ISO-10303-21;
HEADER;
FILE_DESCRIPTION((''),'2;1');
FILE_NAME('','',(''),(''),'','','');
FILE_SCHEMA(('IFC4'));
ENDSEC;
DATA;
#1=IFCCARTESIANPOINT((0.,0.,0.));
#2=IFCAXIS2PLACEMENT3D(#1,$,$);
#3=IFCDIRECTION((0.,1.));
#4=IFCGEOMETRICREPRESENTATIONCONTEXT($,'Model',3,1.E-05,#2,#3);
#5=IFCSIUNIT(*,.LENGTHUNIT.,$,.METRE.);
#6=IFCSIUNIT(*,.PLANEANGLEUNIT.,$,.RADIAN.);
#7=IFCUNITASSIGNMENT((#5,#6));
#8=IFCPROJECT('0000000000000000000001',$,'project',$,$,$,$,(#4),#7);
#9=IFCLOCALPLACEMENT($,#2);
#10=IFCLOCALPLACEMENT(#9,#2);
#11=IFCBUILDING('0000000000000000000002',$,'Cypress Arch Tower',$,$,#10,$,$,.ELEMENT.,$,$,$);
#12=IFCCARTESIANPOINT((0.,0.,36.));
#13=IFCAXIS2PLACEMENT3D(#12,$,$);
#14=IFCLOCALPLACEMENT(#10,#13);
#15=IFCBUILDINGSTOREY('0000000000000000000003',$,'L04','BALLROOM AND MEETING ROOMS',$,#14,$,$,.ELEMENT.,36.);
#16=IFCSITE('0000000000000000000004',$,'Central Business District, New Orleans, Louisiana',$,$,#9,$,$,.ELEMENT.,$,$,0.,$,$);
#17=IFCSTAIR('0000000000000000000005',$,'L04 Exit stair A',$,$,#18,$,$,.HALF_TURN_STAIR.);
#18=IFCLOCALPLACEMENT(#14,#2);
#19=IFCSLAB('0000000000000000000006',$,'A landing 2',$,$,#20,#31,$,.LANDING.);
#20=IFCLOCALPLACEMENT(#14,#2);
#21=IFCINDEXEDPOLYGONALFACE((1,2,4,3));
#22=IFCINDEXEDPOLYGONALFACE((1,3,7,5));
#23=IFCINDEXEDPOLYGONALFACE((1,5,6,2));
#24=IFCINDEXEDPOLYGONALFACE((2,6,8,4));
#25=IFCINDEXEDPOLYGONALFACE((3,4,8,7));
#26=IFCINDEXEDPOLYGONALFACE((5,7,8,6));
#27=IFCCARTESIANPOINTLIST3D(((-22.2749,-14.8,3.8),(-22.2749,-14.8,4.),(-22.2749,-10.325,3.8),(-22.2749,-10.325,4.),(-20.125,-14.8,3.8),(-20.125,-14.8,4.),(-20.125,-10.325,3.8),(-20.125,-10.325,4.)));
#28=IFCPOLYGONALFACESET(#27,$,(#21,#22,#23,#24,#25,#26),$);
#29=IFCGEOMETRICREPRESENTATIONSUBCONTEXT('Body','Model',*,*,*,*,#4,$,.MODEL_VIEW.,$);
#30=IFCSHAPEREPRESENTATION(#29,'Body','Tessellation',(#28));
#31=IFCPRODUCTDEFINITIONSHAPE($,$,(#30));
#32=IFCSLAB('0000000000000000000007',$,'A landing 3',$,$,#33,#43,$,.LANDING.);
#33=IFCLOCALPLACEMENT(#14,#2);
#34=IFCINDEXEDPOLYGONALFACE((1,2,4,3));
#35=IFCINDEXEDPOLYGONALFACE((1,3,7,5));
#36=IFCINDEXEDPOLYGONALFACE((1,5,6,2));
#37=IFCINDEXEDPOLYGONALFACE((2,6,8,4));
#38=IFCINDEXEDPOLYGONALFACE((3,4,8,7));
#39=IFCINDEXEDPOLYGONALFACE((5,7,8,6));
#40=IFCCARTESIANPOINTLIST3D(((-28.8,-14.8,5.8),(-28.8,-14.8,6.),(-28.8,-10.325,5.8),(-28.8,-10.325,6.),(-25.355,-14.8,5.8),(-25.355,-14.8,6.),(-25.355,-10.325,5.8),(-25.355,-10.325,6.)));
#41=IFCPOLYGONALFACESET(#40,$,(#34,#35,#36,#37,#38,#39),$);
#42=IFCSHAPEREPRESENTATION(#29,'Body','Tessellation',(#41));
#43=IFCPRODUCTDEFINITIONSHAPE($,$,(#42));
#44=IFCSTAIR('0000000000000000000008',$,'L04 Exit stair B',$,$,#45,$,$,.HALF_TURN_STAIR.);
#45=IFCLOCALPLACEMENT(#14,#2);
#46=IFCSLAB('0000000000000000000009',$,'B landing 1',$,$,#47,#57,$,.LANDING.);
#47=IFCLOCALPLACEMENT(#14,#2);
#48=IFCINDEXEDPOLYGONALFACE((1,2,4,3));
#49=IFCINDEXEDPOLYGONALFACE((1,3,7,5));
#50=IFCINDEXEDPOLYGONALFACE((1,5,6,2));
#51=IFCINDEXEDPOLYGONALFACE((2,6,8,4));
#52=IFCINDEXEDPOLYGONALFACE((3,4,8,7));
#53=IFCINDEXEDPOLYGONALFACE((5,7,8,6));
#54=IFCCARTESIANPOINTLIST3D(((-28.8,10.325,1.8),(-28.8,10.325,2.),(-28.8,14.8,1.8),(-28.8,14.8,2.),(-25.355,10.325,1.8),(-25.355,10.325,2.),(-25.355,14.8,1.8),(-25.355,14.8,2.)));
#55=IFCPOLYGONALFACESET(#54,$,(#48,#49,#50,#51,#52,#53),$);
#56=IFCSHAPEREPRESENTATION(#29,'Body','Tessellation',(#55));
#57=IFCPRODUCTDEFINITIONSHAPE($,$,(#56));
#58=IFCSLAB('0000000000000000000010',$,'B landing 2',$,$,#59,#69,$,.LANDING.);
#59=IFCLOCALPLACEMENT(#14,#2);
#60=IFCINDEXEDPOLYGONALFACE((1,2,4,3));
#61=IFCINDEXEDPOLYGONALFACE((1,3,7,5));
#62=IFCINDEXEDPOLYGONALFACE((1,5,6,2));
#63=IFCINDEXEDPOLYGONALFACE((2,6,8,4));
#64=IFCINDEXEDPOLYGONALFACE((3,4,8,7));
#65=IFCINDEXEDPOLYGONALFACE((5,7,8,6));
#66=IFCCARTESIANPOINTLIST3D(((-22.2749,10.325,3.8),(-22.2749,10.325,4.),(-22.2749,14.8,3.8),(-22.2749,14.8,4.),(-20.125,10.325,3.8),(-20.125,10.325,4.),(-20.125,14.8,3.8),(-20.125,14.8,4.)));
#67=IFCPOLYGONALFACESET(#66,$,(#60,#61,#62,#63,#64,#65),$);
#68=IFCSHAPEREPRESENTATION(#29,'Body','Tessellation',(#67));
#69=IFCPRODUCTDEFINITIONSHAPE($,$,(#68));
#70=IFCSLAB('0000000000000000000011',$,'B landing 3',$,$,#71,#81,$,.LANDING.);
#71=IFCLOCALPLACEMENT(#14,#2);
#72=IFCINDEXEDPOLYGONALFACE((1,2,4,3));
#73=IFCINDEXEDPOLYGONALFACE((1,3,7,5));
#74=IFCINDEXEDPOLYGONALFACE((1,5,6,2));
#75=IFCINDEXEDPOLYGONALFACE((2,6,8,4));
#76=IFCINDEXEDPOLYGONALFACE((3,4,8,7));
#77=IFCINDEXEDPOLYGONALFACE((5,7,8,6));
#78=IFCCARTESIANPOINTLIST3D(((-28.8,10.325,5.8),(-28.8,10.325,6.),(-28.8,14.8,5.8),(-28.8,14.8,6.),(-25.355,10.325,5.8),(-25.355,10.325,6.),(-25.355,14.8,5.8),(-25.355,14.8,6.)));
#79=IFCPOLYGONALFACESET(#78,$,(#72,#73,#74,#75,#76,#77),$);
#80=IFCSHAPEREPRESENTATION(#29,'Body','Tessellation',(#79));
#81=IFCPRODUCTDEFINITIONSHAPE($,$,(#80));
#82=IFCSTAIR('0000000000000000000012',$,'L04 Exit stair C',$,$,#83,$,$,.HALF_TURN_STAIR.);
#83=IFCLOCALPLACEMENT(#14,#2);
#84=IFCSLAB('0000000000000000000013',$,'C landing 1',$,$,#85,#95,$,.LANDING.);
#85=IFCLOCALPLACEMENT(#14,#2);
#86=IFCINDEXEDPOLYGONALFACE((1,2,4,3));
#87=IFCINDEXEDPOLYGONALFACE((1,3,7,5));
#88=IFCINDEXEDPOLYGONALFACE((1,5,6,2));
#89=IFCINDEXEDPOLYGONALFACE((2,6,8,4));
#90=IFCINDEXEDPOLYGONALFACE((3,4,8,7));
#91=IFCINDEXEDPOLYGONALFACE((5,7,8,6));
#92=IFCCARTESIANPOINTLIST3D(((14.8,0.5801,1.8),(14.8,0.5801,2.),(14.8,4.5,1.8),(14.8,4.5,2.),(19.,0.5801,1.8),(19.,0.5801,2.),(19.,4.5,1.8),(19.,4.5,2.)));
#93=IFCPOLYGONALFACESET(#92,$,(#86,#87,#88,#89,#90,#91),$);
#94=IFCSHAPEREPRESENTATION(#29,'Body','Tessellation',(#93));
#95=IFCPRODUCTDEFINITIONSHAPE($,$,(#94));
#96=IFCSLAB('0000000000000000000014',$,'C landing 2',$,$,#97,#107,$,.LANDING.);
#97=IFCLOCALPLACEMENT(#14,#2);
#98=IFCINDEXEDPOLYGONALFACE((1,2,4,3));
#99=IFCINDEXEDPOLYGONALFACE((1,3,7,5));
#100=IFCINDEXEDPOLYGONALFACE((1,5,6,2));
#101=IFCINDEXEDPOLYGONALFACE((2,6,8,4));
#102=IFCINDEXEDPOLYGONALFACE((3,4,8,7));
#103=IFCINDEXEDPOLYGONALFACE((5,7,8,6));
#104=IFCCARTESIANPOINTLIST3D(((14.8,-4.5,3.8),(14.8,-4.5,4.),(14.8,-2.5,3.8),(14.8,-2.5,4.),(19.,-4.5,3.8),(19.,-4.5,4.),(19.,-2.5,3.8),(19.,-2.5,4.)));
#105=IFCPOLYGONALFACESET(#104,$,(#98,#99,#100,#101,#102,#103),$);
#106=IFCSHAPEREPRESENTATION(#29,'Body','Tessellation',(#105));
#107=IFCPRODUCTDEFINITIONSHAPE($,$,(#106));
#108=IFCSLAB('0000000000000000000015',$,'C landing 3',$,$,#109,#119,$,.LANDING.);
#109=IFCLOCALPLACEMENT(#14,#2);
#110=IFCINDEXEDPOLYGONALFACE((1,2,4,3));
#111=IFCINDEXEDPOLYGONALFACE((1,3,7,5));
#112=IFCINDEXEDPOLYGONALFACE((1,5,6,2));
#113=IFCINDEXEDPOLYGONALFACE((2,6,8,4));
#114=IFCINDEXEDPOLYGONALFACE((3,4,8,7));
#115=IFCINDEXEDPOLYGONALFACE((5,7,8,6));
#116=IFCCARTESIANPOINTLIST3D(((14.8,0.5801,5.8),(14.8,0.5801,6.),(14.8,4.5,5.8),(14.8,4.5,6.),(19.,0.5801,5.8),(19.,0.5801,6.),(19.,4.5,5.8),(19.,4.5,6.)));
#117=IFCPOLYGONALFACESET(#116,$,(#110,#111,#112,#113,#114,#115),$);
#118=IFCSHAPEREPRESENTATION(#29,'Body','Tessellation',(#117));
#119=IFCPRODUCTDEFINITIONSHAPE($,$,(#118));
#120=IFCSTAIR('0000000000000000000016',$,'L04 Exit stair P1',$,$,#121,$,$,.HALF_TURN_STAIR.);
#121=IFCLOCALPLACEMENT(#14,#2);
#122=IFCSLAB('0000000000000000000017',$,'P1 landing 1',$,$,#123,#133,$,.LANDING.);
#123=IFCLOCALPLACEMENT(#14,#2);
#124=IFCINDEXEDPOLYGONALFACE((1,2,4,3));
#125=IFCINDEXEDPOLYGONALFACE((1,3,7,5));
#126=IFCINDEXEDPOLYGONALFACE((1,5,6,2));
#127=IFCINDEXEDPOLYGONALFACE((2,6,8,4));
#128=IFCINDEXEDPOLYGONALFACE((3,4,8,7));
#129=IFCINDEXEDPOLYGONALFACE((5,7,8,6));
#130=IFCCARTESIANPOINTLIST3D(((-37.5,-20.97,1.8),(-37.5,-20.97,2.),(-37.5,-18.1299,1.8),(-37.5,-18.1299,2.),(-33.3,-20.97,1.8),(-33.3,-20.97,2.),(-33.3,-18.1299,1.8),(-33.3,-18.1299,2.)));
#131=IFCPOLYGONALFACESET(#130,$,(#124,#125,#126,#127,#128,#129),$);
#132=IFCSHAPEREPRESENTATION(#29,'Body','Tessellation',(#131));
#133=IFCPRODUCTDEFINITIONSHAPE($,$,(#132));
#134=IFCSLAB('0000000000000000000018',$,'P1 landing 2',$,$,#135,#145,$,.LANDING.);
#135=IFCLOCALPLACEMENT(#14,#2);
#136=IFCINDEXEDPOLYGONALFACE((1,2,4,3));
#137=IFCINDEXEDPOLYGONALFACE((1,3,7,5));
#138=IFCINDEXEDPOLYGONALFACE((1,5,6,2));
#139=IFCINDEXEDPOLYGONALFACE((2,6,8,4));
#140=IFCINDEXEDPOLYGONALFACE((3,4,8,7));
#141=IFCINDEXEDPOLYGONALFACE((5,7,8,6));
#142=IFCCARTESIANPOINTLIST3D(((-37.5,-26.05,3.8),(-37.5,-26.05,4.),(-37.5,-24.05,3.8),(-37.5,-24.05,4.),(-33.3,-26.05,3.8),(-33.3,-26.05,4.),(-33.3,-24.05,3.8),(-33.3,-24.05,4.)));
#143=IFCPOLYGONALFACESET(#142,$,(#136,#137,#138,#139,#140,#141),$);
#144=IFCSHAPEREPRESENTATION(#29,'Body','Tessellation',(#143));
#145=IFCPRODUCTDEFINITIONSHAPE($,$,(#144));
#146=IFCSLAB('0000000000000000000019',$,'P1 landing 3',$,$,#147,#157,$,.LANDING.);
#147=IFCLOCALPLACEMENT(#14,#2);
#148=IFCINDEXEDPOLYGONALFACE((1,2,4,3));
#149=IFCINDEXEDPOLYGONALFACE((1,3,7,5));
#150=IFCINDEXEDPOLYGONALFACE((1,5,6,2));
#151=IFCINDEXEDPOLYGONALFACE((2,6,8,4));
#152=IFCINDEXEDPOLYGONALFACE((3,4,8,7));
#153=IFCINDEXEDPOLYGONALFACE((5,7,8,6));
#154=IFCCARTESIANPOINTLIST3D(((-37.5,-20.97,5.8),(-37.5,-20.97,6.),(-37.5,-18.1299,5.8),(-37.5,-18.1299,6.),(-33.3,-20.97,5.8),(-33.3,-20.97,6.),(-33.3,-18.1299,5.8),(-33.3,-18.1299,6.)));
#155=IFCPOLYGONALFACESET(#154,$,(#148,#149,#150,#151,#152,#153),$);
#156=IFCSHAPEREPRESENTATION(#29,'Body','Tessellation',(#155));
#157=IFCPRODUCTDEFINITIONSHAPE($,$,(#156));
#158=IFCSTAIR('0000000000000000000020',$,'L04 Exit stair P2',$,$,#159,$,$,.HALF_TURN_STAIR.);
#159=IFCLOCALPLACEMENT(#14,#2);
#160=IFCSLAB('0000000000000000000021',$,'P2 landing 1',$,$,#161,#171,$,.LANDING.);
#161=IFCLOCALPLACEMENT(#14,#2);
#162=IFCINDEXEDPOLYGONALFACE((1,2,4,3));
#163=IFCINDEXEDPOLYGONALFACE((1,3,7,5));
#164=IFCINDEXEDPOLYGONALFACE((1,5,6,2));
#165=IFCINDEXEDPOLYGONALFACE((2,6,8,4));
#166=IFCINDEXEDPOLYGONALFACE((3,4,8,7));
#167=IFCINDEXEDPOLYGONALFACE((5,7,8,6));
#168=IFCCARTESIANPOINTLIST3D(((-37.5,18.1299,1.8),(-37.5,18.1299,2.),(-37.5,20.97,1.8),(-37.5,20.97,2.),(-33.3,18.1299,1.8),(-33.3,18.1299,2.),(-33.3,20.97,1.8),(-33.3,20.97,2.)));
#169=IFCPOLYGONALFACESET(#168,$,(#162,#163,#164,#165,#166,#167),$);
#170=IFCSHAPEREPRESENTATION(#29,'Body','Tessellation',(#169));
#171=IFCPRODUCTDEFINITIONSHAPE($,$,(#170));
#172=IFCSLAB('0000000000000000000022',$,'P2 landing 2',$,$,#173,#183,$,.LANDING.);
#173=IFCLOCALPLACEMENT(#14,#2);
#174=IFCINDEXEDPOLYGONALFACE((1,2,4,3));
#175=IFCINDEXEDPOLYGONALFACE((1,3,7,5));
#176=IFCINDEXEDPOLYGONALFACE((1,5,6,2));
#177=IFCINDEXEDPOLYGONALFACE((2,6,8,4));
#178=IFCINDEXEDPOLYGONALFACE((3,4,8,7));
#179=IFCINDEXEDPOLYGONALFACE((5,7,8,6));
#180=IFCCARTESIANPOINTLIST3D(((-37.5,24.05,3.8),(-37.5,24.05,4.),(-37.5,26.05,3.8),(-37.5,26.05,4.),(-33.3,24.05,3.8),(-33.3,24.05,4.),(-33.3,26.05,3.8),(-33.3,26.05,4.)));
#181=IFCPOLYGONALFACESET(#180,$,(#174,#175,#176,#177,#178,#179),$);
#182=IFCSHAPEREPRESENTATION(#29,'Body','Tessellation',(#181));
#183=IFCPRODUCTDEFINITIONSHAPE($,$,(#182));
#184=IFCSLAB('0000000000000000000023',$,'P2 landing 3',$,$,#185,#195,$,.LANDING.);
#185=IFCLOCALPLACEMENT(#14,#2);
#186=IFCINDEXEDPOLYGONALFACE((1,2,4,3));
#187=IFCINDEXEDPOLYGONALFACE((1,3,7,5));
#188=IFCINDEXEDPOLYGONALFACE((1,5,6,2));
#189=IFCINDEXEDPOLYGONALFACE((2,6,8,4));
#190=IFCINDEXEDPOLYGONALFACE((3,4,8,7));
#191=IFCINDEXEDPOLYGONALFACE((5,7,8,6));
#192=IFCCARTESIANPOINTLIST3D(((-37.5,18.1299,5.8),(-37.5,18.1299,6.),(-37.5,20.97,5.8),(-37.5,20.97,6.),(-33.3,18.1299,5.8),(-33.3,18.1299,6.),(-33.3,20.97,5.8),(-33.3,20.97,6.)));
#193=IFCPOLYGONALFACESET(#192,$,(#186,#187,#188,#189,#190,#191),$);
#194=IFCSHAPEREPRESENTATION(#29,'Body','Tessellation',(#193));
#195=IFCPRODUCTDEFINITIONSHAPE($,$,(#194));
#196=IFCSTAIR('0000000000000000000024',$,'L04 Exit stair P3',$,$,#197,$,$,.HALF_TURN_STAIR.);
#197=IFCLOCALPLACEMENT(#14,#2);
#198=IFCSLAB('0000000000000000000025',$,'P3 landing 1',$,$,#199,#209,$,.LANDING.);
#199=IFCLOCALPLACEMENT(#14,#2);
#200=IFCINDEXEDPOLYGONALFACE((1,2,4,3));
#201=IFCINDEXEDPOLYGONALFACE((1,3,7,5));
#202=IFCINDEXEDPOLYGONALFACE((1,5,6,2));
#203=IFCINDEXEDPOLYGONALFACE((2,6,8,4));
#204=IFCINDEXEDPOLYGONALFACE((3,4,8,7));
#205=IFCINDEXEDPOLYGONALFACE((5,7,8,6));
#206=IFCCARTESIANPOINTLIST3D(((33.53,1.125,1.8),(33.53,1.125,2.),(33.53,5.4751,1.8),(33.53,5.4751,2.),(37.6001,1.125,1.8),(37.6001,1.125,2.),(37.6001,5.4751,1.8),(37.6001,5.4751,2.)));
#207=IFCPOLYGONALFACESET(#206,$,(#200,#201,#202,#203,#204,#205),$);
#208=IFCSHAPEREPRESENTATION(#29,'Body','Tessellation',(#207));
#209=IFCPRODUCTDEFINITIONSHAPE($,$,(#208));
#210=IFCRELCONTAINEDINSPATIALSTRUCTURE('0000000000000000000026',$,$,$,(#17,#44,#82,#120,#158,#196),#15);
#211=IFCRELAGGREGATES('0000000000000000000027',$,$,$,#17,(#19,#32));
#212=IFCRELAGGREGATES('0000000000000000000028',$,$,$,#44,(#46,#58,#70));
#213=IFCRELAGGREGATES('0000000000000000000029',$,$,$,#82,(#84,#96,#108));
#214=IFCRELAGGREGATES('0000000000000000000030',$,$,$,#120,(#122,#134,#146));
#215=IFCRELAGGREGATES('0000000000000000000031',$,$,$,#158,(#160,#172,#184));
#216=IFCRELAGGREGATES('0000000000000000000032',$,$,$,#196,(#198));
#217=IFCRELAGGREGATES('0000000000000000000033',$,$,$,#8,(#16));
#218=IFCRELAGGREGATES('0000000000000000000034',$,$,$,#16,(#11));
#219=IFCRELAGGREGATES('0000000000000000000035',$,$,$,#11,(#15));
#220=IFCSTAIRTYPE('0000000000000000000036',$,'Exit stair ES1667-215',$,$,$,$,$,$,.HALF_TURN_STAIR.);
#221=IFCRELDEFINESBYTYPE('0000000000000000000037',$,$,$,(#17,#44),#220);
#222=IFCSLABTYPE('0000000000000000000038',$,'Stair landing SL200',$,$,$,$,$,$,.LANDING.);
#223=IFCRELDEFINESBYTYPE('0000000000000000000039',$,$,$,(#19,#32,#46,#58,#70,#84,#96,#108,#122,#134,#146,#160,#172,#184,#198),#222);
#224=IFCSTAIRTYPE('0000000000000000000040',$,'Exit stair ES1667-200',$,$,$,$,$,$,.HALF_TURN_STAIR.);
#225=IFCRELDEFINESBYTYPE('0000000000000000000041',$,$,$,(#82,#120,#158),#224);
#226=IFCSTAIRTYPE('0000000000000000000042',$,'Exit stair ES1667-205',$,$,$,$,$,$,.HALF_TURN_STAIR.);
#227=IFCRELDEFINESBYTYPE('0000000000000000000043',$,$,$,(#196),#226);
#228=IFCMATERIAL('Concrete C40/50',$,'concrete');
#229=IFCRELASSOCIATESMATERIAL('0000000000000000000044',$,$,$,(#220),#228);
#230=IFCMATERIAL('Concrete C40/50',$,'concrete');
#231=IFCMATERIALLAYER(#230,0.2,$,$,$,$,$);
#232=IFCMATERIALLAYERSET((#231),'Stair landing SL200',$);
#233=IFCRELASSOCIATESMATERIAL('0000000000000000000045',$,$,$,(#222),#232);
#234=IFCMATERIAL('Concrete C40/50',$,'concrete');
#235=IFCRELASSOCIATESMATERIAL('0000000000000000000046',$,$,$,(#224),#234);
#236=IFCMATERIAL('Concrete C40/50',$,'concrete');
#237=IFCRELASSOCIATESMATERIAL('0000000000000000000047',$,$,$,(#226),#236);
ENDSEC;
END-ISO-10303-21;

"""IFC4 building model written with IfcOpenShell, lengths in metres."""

from ifc_helpers import new_model, si_unit, direction, frame, origin, place, context, subcontext, project, spatial, polyline, outline, extrude, material, layer, layer_set, type_object, element, aggregate, save


model = new_model("IFC4")

# Units and contexts
model_context = context("Model", 3, precision=1e-05, world=origin(), true_north=direction((0.0, 1.0)))
body_context = subcontext(model_context, "Body", "Model", "MODEL_VIEW")
ifc_project = project(units=[si_unit("LENGTHUNIT", "METRE"), si_unit("PLANEANGLEUNIT", "RADIAN")], contexts=[model_context])

# Site, building, storey
site_placement = place(None, origin())
site = spatial("IfcSite", under=ifc_project, at=site_placement, Name="Central Business District, New Orleans, Louisiana", CompositionType="ELEMENT", RefElevation=0.0)
building_placement = place(site_placement, origin())
building = spatial("IfcBuilding", under=site, at=building_placement, Name="Cypress Arch Tower", CompositionType="ELEMENT")
storey_placement = place(building_placement, frame((0.0, 0.0, 36.0)))
storey = spatial("IfcBuildingStorey", under=building, at=storey_placement, Name="L04", Description="BALLROOM AND MEETING ROOMS", CompositionType="ELEMENT", Elevation=36.0)

# Stairs, slabs
ifc_material_1 = material(Name="Concrete C40/50", Category="concrete")
stair_type_1 = type_object("IfcStairType", Name="Exit stair ES1667-215", PredefinedType="HALF_TURN_STAIR", material=ifc_material_1)
stair_1_placement = place(storey_placement, origin())
stair_1 = element("IfcStair", 1, at=stair_1_placement, inside=storey, type_object=stair_type_1, Name="L04 Exit stair A", PredefinedType="HALF_TURN_STAIR")
ifc_material_2 = material(Name="Concrete C40/50", Category="concrete")
ifc_layer = layer(ifc_material_2, 0.2)
ifc_layer_set = layer_set([ifc_layer], Name="Stair landing SL200")
slab_type = type_object("IfcSlabType", Name="Stair landing SL200", PredefinedType="LANDING", material=ifc_layer_set)
slab_1_placement = place(storey_placement, frame((0.0, 0.0, 3.8)))
slab_1 = element("IfcSlab", 2, at=slab_1_placement, type_object=slab_type, Name="A landing 2", PredefinedType="LANDING", context=body_context, shape_type="SweptSolid", body=[
    extrude(outline(polyline([(-20.125, -10.325), (-22.2749, -10.325), (-22.2749, -14.8), (-20.125, -14.8), (-20.125, -10.325)])), origin(), (0.0, 0.0, 1.0), 0.2),
])
slab_2_placement = place(storey_placement, frame((0.0, 0.0, 5.8)))
slab_2 = element("IfcSlab", 3, at=slab_2_placement, type_object=slab_type, Name="A landing 3", PredefinedType="LANDING", context=body_context, shape_type="SweptSolid", body=[
    extrude(outline(polyline([(-25.355, -10.325), (-28.8, -10.325), (-28.8, -14.8), (-25.355, -14.8), (-25.355, -10.325)])), origin(), (0.0, 0.0, 1.0), 0.2),
])
aggregate(stair_1, [slab_1, slab_2])
stair_2_placement = place(storey_placement, origin())
stair_2 = element("IfcStair", 4, at=stair_2_placement, inside=storey, type_object=stair_type_1, Name="L04 Exit stair B", PredefinedType="HALF_TURN_STAIR")
slab_3_placement = place(storey_placement, frame((0.0, 0.0, 1.8)))
slab_3 = element("IfcSlab", 5, at=slab_3_placement, type_object=slab_type, Name="B landing 1", PredefinedType="LANDING", context=body_context, shape_type="SweptSolid", body=[
    extrude(outline(polyline([(-25.355, 14.8), (-28.8, 14.8), (-28.8, 10.325), (-25.355, 10.325), (-25.355, 14.8)])), origin(), (0.0, 0.0, 1.0), 0.2),
])
slab_4_placement = place(storey_placement, frame((0.0, 0.0, 3.8)))
slab_4 = element("IfcSlab", 6, at=slab_4_placement, type_object=slab_type, Name="B landing 2", PredefinedType="LANDING", context=body_context, shape_type="SweptSolid", body=[
    extrude(outline(polyline([(-20.125, 14.8), (-22.2749, 14.8), (-22.2749, 10.325), (-20.125, 10.325), (-20.125, 14.8)])), origin(), (0.0, 0.0, 1.0), 0.2),
])
slab_5_placement = place(storey_placement, frame((0.0, 0.0, 5.8)))
slab_5 = element("IfcSlab", 7, at=slab_5_placement, type_object=slab_type, Name="B landing 3", PredefinedType="LANDING", context=body_context, shape_type="SweptSolid", body=[
    extrude(outline(polyline([(-25.355, 14.8), (-28.8, 14.8), (-28.8, 10.325), (-25.355, 10.325), (-25.355, 14.8)])), origin(), (0.0, 0.0, 1.0), 0.2),
])
aggregate(stair_2, [slab_3, slab_4, slab_5])
ifc_material_3 = material(Name="Concrete C40/50", Category="concrete")
stair_type_2 = type_object("IfcStairType", Name="Exit stair ES1667-200", PredefinedType="HALF_TURN_STAIR", material=ifc_material_3)
stair_3_placement = place(storey_placement, origin())
stair_3 = element("IfcStair", 8, at=stair_3_placement, inside=storey, type_object=stair_type_2, Name="L04 Exit stair C", PredefinedType="HALF_TURN_STAIR")
slab_6_placement = place(storey_placement, frame((0.0, 0.0, 1.8)))
slab_6 = element("IfcSlab", 9, at=slab_6_placement, type_object=slab_type, Name="C landing 1", PredefinedType="LANDING", context=body_context, shape_type="SweptSolid", body=[
    extrude(outline(polyline([(19.0, 0.5801), (19.0, 4.5), (14.8, 4.5), (14.8, 0.5801), (19.0, 0.5801)])), origin(), (0.0, 0.0, 1.0), 0.2),
])
slab_7_placement = place(storey_placement, frame((0.0, 0.0, 3.8)))
slab_7 = element("IfcSlab", 10, at=slab_7_placement, type_object=slab_type, Name="C landing 2", PredefinedType="LANDING", context=body_context, shape_type="SweptSolid", body=[
    extrude(outline(polyline([(19.0, -4.5), (19.0, -2.5), (14.8, -2.5), (14.8, -4.5), (19.0, -4.5)])), origin(), (0.0, 0.0, 1.0), 0.2),
])
slab_8_placement = place(storey_placement, frame((0.0, 0.0, 5.8)))
slab_8 = element("IfcSlab", 11, at=slab_8_placement, type_object=slab_type, Name="C landing 3", PredefinedType="LANDING", context=body_context, shape_type="SweptSolid", body=[
    extrude(outline(polyline([(19.0, 0.5801), (19.0, 4.5), (14.8, 4.5), (14.8, 0.5801), (19.0, 0.5801)])), origin(), (0.0, 0.0, 1.0), 0.2),
])
aggregate(stair_3, [slab_6, slab_7, slab_8])
stair_4_placement = place(storey_placement, origin())
stair_4 = element("IfcStair", 12, at=stair_4_placement, inside=storey, type_object=stair_type_2, Name="L04 Exit stair P1", PredefinedType="HALF_TURN_STAIR")
slab_9_placement = place(storey_placement, frame((0.0, 0.0, 1.8)))
slab_9 = element("IfcSlab", 13, at=slab_9_placement, type_object=slab_type, Name="P1 landing 1", PredefinedType="LANDING", context=body_context, shape_type="SweptSolid", body=[
    extrude(outline(polyline([(-33.3, -20.97), (-33.3, -18.1299), (-37.5, -18.1299), (-37.5, -20.97), (-33.3, -20.97)])), origin(), (0.0, 0.0, 1.0), 0.2),
])
slab_10_placement = place(storey_placement, frame((0.0, 0.0, 3.8)))
slab_10 = element("IfcSlab", 14, at=slab_10_placement, type_object=slab_type, Name="P1 landing 2", PredefinedType="LANDING", context=body_context, shape_type="SweptSolid", body=[
    extrude(outline(polyline([(-33.3, -26.05), (-33.3, -24.05), (-37.5, -24.05), (-37.5, -26.05), (-33.3, -26.05)])), origin(), (0.0, 0.0, 1.0), 0.2),
])
slab_11_placement = place(storey_placement, frame((0.0, 0.0, 5.8)))
slab_11 = element("IfcSlab", 15, at=slab_11_placement, type_object=slab_type, Name="P1 landing 3", PredefinedType="LANDING", context=body_context, shape_type="SweptSolid", body=[
    extrude(outline(polyline([(-33.3, -20.97), (-33.3, -18.1299), (-37.5, -18.1299), (-37.5, -20.97), (-33.3, -20.97)])), origin(), (0.0, 0.0, 1.0), 0.2),
])
aggregate(stair_4, [slab_9, slab_10, slab_11])
stair_5_placement = place(storey_placement, origin())
stair_5 = element("IfcStair", 16, at=stair_5_placement, inside=storey, type_object=stair_type_2, Name="L04 Exit stair P2", PredefinedType="HALF_TURN_STAIR")
slab_12_placement = place(storey_placement, frame((0.0, 0.0, 1.8)))
slab_12 = element("IfcSlab", 17, at=slab_12_placement, type_object=slab_type, Name="P2 landing 1", PredefinedType="LANDING", context=body_context, shape_type="SweptSolid", body=[
    extrude(outline(polyline([(-37.5, 20.97), (-37.5, 18.1299), (-33.3, 18.1299), (-33.3, 20.97), (-37.5, 20.97)])), origin(), (0.0, 0.0, 1.0), 0.2),
])
slab_13_placement = place(storey_placement, frame((0.0, 0.0, 3.8)))
slab_13 = element("IfcSlab", 18, at=slab_13_placement, type_object=slab_type, Name="P2 landing 2", PredefinedType="LANDING", context=body_context, shape_type="SweptSolid", body=[
    extrude(outline(polyline([(-37.5, 26.05), (-37.5, 24.05), (-33.3, 24.05), (-33.3, 26.05), (-37.5, 26.05)])), origin(), (0.0, 0.0, 1.0), 0.2),
])
slab_14_placement = place(storey_placement, frame((0.0, 0.0, 5.8)))
slab_14 = element("IfcSlab", 19, at=slab_14_placement, type_object=slab_type, Name="P2 landing 3", PredefinedType="LANDING", context=body_context, shape_type="SweptSolid", body=[
    extrude(outline(polyline([(-37.5, 20.97), (-37.5, 18.1299), (-33.3, 18.1299), (-33.3, 20.97), (-37.5, 20.97)])), origin(), (0.0, 0.0, 1.0), 0.2),
])
aggregate(stair_5, [slab_12, slab_13, slab_14])
ifc_material_4 = material(Name="Concrete C40/50", Category="concrete")
stair_type_3 = type_object("IfcStairType", Name="Exit stair ES1667-205", PredefinedType="HALF_TURN_STAIR", material=ifc_material_4)
stair_6_placement = place(storey_placement, origin())
stair_6 = element("IfcStair", 20, at=stair_6_placement, inside=storey, type_object=stair_type_3, Name="L04 Exit stair P3", PredefinedType="HALF_TURN_STAIR")
slab_15_placement = place(storey_placement, frame((0.0, 0.0, 1.8)))
slab_15 = element("IfcSlab", 21, at=slab_15_placement, type_object=slab_type, Name="P3 landing 1", PredefinedType="LANDING", context=body_context, shape_type="SweptSolid", body=[
    extrude(outline(polyline([(33.53, 1.125), (37.6001, 1.125), (37.6001, 5.4751), (33.53, 5.4751), (33.53, 1.125)])), origin(), (0.0, 0.0, 1.0), 0.2),
])
aggregate(stair_6, [slab_15])

save(model, "model.ifc")
